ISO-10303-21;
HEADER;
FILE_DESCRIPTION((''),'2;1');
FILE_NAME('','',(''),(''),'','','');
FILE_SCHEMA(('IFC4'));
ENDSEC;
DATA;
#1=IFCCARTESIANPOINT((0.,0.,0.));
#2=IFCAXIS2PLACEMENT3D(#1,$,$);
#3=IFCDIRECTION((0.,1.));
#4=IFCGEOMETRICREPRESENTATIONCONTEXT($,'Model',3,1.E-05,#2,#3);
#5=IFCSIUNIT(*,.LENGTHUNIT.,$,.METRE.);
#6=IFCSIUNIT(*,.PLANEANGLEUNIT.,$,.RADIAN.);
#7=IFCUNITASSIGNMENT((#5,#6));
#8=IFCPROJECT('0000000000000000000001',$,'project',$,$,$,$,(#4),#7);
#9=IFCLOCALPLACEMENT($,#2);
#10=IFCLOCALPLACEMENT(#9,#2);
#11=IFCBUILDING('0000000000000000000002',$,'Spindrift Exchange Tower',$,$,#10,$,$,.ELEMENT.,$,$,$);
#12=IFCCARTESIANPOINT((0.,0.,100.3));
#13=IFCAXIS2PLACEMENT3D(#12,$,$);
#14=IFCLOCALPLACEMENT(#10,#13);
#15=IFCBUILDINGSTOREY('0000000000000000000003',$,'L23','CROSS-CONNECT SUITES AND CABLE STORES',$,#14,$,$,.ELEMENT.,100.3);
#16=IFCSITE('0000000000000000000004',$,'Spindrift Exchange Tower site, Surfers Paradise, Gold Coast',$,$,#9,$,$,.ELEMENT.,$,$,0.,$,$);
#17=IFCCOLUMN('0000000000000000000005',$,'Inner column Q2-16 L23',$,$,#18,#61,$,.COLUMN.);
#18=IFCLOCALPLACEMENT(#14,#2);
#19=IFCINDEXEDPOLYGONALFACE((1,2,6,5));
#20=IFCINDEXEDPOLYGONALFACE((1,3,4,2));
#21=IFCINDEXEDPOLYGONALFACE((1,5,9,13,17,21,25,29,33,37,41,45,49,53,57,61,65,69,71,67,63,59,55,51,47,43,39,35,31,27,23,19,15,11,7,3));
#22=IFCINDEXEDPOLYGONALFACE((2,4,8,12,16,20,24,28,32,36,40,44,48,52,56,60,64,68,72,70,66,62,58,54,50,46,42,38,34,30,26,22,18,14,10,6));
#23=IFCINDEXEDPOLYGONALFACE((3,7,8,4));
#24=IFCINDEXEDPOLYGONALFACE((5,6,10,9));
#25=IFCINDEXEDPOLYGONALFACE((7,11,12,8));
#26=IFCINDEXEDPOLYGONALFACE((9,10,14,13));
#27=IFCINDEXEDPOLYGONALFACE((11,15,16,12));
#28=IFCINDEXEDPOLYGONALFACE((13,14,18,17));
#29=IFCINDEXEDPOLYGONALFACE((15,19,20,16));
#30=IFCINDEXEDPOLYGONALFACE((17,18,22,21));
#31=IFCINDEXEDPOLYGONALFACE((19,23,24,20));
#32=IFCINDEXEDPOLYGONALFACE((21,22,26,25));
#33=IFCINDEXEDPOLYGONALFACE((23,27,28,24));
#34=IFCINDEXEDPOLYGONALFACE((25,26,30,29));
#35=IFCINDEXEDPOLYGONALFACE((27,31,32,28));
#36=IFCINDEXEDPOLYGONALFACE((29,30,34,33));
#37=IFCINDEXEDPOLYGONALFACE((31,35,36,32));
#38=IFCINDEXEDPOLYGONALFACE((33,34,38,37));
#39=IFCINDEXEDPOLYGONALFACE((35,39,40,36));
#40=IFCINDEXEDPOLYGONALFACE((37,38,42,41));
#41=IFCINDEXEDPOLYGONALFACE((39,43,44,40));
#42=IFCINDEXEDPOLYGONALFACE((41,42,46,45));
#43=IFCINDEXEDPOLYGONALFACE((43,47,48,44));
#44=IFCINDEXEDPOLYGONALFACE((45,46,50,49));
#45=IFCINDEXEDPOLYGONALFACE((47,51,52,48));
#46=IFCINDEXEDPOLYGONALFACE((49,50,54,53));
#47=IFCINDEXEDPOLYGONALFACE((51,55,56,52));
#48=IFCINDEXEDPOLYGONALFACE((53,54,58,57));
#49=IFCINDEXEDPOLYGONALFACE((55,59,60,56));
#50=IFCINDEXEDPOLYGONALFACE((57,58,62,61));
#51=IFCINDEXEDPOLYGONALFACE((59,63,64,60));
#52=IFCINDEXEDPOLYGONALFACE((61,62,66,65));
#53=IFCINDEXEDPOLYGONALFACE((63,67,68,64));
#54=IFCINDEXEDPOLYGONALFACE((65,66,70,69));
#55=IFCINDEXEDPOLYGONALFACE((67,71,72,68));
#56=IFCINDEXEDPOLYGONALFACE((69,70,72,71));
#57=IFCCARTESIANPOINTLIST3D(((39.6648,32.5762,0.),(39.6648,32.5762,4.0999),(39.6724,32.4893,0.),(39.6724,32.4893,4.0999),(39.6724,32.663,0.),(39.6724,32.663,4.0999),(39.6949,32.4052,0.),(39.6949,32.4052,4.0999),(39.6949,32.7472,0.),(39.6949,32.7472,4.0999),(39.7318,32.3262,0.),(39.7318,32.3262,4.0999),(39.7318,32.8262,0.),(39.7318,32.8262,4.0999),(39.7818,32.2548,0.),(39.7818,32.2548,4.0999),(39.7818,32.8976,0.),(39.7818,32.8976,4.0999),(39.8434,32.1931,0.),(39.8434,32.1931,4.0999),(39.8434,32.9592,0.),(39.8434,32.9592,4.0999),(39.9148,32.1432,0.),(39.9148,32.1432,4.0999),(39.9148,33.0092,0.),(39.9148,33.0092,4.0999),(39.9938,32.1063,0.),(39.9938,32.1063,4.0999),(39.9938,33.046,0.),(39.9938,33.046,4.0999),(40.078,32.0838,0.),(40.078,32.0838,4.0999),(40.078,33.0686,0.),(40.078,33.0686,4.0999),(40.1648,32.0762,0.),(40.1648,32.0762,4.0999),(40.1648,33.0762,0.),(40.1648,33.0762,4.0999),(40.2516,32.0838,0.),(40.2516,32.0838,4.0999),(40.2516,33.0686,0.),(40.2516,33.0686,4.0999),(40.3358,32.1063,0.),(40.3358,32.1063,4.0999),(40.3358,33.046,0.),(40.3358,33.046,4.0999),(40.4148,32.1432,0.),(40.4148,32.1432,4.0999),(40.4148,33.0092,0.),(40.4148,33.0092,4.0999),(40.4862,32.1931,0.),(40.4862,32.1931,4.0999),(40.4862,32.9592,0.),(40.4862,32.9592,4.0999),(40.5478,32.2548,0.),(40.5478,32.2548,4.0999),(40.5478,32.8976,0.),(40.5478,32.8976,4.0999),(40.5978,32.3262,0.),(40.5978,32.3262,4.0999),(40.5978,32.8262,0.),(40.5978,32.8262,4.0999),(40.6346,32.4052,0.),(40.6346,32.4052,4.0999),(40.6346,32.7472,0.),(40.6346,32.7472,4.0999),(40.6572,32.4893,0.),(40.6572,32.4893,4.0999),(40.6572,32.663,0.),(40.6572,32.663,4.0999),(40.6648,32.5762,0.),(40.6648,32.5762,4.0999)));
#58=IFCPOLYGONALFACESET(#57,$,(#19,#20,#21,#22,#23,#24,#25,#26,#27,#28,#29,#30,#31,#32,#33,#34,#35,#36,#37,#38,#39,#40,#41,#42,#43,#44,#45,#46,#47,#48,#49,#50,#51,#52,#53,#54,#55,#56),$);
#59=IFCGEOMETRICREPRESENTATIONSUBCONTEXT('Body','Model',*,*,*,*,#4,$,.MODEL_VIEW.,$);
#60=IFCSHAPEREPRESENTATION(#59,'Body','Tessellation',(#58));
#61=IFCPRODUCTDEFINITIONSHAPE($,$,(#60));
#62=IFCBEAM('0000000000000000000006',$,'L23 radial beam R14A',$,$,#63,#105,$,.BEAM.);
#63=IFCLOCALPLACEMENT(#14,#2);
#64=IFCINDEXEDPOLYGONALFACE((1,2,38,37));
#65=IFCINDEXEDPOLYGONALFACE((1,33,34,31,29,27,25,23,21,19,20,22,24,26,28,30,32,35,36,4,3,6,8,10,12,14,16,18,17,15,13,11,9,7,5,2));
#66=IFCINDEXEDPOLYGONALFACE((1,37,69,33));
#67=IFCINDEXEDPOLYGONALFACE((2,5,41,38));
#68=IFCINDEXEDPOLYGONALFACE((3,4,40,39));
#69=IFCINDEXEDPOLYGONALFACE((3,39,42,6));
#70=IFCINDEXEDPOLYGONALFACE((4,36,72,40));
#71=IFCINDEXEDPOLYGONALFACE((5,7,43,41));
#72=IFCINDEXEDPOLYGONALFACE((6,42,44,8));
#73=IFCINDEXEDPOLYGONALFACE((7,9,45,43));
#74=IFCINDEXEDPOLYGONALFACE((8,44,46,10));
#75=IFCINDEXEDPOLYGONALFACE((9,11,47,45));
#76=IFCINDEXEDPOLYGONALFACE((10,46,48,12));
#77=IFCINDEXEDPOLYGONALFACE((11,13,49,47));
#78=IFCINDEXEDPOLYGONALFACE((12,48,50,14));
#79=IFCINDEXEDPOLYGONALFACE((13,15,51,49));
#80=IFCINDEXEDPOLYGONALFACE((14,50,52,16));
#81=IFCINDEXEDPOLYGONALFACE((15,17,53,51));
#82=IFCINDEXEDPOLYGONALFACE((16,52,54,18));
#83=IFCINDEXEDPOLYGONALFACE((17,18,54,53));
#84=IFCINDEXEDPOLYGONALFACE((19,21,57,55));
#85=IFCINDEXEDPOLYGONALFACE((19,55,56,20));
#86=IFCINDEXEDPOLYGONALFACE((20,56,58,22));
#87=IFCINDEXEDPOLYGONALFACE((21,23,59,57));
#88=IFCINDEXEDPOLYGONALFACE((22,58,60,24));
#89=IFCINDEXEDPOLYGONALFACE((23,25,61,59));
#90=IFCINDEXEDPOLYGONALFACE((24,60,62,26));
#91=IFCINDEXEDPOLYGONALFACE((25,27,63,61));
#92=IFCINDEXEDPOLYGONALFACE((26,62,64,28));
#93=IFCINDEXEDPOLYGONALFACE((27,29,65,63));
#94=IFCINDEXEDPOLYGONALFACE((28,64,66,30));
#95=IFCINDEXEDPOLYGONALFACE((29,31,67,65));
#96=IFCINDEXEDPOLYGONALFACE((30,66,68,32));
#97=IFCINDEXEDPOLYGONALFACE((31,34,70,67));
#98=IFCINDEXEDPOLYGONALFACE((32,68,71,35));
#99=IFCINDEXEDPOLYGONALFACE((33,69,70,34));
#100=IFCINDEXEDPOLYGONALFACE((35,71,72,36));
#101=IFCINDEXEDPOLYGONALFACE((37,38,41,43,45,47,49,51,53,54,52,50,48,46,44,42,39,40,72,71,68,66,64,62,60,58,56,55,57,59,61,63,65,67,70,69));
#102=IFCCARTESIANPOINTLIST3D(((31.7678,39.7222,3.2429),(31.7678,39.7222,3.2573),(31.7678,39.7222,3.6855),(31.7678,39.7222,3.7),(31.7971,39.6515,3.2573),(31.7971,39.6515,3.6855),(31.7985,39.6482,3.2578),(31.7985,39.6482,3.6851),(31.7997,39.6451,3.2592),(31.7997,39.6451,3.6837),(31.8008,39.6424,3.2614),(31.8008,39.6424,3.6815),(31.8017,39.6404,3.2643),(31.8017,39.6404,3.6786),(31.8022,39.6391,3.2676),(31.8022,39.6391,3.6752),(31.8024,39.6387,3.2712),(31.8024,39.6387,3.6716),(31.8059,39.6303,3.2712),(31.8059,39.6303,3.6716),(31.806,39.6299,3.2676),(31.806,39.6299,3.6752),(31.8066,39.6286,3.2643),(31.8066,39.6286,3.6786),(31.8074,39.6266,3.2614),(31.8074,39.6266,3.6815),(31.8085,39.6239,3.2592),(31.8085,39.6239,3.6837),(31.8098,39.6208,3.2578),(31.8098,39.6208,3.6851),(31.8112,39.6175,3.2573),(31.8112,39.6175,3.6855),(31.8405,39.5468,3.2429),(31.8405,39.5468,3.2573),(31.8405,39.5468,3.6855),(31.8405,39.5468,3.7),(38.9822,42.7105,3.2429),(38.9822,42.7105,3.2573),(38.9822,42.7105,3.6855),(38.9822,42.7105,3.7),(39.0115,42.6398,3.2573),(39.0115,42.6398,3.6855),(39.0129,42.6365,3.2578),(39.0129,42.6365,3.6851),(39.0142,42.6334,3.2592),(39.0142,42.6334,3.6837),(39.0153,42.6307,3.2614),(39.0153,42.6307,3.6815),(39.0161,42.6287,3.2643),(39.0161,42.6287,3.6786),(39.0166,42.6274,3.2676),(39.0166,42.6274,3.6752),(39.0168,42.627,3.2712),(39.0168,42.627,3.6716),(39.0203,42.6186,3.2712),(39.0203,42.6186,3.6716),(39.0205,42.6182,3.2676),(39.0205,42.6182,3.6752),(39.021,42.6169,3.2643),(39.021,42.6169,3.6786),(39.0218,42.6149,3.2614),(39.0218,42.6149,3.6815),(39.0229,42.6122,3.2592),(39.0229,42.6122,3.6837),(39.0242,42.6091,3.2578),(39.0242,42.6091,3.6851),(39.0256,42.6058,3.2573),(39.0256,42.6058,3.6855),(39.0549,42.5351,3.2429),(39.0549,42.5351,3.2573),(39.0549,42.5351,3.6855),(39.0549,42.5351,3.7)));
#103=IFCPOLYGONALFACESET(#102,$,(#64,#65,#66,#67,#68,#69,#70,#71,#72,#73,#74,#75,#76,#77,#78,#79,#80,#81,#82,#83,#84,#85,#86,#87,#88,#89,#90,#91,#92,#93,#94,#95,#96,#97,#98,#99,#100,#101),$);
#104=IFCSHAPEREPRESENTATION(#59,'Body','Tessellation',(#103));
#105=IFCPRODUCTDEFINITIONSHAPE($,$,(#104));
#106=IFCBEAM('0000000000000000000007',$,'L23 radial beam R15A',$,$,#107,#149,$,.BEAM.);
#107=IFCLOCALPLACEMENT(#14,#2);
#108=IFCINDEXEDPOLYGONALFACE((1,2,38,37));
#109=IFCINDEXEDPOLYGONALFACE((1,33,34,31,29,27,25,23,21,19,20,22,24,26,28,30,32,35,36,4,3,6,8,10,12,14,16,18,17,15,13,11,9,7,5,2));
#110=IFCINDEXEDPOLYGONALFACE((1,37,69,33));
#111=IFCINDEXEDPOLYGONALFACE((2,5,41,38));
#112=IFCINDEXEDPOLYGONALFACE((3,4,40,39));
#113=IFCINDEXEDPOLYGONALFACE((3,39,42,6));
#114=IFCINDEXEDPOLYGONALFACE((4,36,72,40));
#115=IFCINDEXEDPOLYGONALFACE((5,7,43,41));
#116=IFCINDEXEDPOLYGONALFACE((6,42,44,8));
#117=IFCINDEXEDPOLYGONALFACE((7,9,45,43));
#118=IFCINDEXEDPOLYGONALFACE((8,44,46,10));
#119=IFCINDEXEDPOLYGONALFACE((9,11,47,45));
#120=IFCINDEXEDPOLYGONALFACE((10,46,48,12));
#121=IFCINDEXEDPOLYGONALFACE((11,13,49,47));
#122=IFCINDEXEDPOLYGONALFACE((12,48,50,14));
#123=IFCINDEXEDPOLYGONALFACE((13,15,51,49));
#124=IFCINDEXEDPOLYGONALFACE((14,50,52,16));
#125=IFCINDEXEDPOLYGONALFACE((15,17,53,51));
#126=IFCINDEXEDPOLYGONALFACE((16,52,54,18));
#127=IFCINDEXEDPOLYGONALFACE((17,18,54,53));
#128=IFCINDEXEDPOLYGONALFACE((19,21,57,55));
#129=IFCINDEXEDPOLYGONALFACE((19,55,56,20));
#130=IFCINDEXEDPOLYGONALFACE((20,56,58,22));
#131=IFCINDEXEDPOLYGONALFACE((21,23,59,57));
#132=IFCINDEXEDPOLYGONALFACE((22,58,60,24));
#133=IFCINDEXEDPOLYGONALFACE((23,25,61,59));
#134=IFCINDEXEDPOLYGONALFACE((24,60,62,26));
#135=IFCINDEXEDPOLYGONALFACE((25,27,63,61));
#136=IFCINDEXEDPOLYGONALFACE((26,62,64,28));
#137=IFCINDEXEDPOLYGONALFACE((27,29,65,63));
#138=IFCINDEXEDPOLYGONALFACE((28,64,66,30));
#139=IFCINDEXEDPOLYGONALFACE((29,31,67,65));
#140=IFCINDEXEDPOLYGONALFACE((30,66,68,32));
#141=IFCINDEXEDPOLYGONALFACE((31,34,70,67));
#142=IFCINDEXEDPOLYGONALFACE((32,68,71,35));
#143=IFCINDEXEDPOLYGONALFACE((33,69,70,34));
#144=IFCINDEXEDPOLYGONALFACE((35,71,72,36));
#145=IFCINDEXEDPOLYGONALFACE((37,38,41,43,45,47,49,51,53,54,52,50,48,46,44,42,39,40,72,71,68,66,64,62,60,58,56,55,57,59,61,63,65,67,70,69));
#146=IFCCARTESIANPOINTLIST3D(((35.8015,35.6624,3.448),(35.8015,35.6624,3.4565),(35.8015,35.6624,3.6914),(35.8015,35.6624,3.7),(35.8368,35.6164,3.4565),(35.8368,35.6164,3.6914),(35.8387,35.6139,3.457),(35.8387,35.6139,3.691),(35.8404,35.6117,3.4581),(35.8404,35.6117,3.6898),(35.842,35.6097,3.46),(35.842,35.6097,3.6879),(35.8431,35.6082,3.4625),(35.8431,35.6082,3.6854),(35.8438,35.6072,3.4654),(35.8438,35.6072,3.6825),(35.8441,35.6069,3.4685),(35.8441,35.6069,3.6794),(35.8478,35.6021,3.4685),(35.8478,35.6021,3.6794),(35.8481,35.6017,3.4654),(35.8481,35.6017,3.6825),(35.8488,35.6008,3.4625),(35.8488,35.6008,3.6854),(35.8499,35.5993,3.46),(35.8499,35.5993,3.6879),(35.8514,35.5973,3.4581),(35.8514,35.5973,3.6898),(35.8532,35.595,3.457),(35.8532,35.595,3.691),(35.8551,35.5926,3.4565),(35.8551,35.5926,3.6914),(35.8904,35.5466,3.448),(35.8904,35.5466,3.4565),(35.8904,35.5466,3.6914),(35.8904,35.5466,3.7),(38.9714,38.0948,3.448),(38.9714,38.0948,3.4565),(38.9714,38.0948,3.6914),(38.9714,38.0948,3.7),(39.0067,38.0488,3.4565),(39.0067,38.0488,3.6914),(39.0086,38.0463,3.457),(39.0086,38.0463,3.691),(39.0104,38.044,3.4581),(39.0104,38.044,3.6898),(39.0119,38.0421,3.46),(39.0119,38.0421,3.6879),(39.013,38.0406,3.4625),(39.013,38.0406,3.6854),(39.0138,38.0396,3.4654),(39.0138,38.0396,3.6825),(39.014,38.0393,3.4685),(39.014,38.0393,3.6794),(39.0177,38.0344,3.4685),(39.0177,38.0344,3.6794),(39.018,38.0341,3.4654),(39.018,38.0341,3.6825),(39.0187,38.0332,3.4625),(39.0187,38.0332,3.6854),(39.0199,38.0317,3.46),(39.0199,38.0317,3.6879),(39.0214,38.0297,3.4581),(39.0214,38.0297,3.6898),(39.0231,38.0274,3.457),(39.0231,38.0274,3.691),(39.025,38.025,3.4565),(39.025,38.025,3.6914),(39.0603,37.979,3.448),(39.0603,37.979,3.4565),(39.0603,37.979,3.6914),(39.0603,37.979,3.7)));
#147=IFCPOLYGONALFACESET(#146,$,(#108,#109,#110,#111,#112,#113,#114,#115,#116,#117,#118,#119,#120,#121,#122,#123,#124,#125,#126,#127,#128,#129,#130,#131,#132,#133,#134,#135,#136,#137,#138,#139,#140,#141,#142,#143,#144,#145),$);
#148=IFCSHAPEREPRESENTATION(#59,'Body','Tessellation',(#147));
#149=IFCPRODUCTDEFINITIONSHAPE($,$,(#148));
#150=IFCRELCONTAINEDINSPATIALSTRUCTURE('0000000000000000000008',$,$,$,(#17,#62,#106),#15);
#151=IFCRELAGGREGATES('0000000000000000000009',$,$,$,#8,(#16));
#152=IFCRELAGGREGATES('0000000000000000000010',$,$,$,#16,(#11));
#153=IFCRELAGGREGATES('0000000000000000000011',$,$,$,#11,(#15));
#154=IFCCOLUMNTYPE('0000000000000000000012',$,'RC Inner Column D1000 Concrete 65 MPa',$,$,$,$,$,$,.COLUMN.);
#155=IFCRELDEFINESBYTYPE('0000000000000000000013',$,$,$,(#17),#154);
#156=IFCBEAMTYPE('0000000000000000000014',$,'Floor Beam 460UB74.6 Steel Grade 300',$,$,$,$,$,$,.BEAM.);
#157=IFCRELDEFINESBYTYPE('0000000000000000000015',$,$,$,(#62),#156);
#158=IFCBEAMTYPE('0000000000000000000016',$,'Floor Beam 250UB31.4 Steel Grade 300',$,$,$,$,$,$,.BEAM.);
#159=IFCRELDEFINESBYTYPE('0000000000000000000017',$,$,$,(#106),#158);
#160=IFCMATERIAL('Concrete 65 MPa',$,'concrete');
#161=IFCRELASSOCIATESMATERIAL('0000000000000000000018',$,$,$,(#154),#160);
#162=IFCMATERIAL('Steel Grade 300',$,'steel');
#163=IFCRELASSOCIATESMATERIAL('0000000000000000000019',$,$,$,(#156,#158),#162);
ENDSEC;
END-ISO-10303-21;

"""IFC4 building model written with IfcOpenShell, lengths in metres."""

from ifc_helpers import new_model, si_unit, direction, frame, origin, origin_2d, place, context, subcontext, project, spatial, circle, i_section, extrude, source, transform, mapped, material, material_profile, profile_set, type_object, element, save


model = new_model("IFC4")

# Units and contexts
model_context = context("Model", 3, precision=1e-05, world=origin(), true_north=direction((0.0, 1.0)))
body_context = subcontext(model_context, "Body", "Model", "MODEL_VIEW")
ifc_project = project(units=[si_unit("LENGTHUNIT", "METRE"), si_unit("PLANEANGLEUNIT", "RADIAN")], contexts=[model_context])

# Site, building, storey
site_placement = place(None, origin())
site = spatial("IfcSite", under=ifc_project, at=site_placement, Name="Spindrift Exchange Tower site, Surfers Paradise, Gold Coast", CompositionType="ELEMENT", RefElevation=0.0)
building_placement = place(site_placement, origin())
building = spatial("IfcBuilding", under=site, at=building_placement, Name="Spindrift Exchange Tower", CompositionType="ELEMENT")
storey_placement = place(building_placement, frame((0.0, 0.0, 100.3)))
storey = spatial("IfcBuildingStorey", under=building, at=storey_placement, Name="L23", Description="CROSS-CONNECT SUITES AND CABLE STORES", CompositionType="ELEMENT", Elevation=100.3)

# Column
ifc_material_1 = material(Name="Concrete 65 MPa", Category="concrete")
ifc_material_profile_1 = material_profile(ifc_material_1, circle(Radius=0.5, at=origin_2d()), Name="RC D1000")
ifc_profile_set_1 = profile_set([ifc_material_profile_1], Name="Concrete 65 MPa")
column_type = type_object("IfcColumnType", Name="RC Inner Column D1000 Concrete 65 MPa", PredefinedType="COLUMN", material=ifc_profile_set_1)
shared_shape_1 = source(origin(), body_context, "Body", "SweptSolid", [
    extrude(circle(Radius=0.5, at=origin_2d()), origin(), (0.0, 0.0, 1.0), 4.0999),
])
column_placement = place(storey_placement, frame((40.1648, 32.5762, 0.0), z_axis=(0.0, 0.0, 1.0), x_axis=(1.0, 0.0, 0.0)))
element("IfcColumn", 1, at=column_placement, inside=storey, type_object=column_type, Name="Inner column Q2-16 L23", PredefinedType="COLUMN", context=body_context, shape_type="MappedRepresentation", body=[
    mapped(shared_shape_1, transform((0.0, 0.0, 0.0), scale=1.0)),
])

# Beams
ifc_material_2 = material(Name="Steel Grade 300", Category="steel")
ifc_material_profile_2 = material_profile(ifc_material_2, i_section(OverallWidth=0.1899, OverallDepth=0.457, WebThickness=0.009, FlangeThickness=0.0144, FilletRadius=0.0139, at=origin_2d()), Name="460UB74.6")
ifc_profile_set_2 = profile_set([ifc_material_profile_2], Name="Steel Grade 300")
beam_type_1 = type_object("IfcBeamType", Name="Floor Beam 460UB74.6 Steel Grade 300", PredefinedType="BEAM", material=ifc_profile_set_2)
shared_shape_2 = source(origin(), body_context, "Body", "SweptSolid", [
    extrude(i_section(OverallWidth=0.1899, OverallDepth=0.457, WebThickness=0.009, FlangeThickness=0.0144, FilletRadius=0.0139, at=origin_2d()), origin(), (0.0, 0.0, 1.0), 7.8088),
])
beam_1_placement = place(storey_placement, frame((39.0186, 42.6228, 3.4714), z_axis=(-0.92388, -0.382683, 0.0), x_axis=(0.382683, -0.92388, 0.0)))
element("IfcBeam", 2, at=beam_1_placement, inside=storey, type_object=beam_type_1, Name="L23 radial beam R14A", PredefinedType="BEAM", context=body_context, shape_type="MappedRepresentation", body=[
    mapped(shared_shape_2, transform((0.0, 0.0, 0.0), scale=1.0)),
])
ifc_material_profile_3 = material_profile(ifc_material_2, i_section(OverallWidth=0.146, OverallDepth=0.252, WebThickness=0.0061, FlangeThickness=0.0085, FilletRadius=0.012, at=origin_2d()), Name="250UB31.4")
ifc_profile_set_3 = profile_set([ifc_material_profile_3], Name="Steel Grade 300")
beam_type_2 = type_object("IfcBeamType", Name="Floor Beam 250UB31.4 Steel Grade 300", PredefinedType="BEAM", material=ifc_profile_set_3)
shared_shape_3 = source(origin(), body_context, "Body", "SweptSolid", [
    extrude(i_section(OverallWidth=0.146, OverallDepth=0.252, WebThickness=0.0061, FlangeThickness=0.0085, FilletRadius=0.012, at=origin_2d()), origin(), (0.0, 0.0, 1.0), 3.9956),
])
beam_2_placement = place(storey_placement, frame((39.0159, 38.0369, 3.574), z_axis=(-0.793353, -0.608762, 0.0), x_axis=(0.608762, -0.793353, 0.0)))
element("IfcBeam", 3, at=beam_2_placement, inside=storey, type_object=beam_type_2, Name="L23 radial beam R15A", PredefinedType="BEAM", context=body_context, shape_type="MappedRepresentation", body=[
    mapped(shared_shape_3, transform((0.0, 0.0, 0.0), scale=1.0)),
])

save(model, "model.ifc")
